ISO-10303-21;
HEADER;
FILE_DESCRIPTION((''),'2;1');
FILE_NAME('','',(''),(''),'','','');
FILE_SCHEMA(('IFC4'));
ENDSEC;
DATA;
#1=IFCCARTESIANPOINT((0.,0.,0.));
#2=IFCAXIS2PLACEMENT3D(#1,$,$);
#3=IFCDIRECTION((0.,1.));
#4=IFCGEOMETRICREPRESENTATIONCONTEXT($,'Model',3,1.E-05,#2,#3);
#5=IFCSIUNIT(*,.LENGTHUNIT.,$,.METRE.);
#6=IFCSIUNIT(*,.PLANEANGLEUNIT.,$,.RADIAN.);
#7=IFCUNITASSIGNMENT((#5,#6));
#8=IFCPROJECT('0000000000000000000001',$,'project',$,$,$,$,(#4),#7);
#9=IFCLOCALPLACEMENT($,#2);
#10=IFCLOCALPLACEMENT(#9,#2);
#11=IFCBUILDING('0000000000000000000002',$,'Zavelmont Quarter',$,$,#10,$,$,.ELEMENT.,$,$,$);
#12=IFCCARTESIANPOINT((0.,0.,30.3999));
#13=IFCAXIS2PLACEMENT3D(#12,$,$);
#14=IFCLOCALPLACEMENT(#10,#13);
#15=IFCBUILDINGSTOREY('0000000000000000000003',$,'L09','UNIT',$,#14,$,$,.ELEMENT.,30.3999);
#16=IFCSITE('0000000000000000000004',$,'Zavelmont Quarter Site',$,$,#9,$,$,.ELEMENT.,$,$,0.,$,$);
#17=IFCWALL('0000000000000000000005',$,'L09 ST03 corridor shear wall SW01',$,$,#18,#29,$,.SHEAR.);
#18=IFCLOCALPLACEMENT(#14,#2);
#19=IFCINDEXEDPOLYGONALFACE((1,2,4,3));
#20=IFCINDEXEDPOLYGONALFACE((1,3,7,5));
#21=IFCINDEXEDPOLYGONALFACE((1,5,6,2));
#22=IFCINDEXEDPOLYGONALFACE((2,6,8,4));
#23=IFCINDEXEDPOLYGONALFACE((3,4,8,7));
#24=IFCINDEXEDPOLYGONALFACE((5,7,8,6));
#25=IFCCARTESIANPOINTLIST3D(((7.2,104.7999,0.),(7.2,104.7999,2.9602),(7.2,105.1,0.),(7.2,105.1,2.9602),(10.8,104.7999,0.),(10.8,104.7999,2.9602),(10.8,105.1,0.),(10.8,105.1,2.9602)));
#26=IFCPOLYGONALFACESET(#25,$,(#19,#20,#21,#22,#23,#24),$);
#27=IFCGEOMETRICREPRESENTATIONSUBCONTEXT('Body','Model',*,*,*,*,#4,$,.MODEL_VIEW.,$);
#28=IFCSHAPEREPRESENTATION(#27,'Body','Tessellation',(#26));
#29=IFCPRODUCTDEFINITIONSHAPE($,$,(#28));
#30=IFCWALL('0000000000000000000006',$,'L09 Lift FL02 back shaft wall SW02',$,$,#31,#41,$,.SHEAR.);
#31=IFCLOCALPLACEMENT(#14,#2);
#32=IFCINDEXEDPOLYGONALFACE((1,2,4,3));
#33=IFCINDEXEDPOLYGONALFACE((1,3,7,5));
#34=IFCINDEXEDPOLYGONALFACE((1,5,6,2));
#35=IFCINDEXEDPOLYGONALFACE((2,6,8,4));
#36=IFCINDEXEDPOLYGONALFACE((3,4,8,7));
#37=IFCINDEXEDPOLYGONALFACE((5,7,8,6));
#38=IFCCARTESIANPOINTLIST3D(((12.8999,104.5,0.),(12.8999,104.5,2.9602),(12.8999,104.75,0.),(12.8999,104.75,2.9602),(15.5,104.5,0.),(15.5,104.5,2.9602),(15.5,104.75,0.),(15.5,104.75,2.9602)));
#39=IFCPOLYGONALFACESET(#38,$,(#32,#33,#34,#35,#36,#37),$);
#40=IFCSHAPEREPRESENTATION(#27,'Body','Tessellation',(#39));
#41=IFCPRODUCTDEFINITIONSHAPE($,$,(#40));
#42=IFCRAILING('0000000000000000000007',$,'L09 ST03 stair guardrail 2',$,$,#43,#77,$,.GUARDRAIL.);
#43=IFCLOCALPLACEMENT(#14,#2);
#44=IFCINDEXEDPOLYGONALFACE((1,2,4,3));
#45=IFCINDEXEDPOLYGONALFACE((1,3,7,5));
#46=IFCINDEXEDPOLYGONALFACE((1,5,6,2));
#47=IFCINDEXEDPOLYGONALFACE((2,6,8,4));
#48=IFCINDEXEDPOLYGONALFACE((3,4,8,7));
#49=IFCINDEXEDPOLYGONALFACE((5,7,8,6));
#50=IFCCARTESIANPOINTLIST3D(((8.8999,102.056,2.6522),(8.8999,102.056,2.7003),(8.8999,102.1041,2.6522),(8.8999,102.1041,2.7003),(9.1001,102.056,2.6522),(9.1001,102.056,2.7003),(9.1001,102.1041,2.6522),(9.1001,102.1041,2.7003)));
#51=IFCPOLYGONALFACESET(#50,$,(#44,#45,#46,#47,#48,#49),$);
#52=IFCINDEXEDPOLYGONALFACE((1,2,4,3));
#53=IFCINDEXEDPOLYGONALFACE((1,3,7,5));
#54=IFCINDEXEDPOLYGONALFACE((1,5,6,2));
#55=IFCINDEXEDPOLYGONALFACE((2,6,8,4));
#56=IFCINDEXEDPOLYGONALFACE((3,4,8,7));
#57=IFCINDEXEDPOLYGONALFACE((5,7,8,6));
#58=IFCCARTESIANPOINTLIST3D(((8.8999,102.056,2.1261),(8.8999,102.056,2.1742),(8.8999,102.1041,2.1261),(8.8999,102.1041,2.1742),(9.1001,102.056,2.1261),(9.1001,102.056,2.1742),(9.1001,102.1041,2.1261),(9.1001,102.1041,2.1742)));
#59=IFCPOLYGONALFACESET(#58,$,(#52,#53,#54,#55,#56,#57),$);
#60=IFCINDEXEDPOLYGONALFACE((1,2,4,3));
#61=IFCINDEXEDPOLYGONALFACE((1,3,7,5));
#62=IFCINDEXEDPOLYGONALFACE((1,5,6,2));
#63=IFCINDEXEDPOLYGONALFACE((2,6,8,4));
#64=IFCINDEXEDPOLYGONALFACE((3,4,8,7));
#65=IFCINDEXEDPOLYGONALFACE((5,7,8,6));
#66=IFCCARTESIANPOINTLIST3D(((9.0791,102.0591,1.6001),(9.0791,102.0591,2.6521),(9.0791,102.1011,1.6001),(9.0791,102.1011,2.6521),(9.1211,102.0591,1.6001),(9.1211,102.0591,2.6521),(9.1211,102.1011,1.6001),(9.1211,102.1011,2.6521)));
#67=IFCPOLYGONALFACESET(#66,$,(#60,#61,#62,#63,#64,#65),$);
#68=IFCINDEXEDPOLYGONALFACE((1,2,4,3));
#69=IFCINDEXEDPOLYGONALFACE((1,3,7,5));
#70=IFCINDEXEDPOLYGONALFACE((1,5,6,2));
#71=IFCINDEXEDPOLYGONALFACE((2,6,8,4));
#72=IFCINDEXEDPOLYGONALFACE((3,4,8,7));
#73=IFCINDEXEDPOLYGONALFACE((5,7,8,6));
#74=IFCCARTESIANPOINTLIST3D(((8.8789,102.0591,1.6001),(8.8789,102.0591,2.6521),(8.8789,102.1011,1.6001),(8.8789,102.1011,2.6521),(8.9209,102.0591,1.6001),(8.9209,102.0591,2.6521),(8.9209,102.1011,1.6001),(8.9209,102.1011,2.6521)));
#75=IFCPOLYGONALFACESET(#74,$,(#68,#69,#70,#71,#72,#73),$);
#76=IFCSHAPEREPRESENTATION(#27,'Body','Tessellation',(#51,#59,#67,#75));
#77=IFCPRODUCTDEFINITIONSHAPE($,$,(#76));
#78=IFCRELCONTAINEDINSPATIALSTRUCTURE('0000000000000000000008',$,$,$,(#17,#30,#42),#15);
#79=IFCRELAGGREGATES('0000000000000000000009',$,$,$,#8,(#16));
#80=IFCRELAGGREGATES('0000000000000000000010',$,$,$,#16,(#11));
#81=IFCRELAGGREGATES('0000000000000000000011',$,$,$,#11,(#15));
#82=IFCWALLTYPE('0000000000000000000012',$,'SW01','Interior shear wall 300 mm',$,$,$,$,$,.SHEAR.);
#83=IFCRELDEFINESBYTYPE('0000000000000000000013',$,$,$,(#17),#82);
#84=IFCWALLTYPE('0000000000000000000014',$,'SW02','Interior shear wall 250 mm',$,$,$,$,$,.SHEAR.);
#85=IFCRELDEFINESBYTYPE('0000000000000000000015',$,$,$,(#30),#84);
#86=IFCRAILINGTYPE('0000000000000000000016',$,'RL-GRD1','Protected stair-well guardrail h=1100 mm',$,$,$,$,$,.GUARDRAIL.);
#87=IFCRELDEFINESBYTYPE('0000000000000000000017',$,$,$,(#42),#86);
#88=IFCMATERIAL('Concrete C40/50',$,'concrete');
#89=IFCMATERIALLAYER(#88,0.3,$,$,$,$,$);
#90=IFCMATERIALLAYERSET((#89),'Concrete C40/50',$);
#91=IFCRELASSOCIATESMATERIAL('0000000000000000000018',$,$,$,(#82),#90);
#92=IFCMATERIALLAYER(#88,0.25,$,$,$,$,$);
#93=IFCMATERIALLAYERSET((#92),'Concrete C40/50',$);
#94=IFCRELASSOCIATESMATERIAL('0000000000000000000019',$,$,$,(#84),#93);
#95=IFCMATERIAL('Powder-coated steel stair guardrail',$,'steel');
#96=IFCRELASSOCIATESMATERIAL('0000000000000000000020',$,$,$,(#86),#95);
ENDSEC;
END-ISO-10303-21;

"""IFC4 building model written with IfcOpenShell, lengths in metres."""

from ifc_helpers import new_model, si_unit, direction, frame, frame_2d, origin, origin_2d, place, context, subcontext, project, spatial, rectangle, extrude, material, layer, layer_set, type_object, element, save


model = new_model("IFC4")

# Units and contexts
model_context = context("Model", 3, precision=1e-05, world=origin(), true_north=direction((0.0, 1.0)))
body_context = subcontext(model_context, "Body", "Model", "MODEL_VIEW")
ifc_project = project(units=[si_unit("LENGTHUNIT", "METRE"), si_unit("PLANEANGLEUNIT", "RADIAN")], contexts=[model_context])

# Site, building, storey
site_placement = place(None, origin())
site = spatial("IfcSite", under=ifc_project, at=site_placement, Name="Zavelmont Quarter Site", CompositionType="ELEMENT", RefElevation=0.0)
building_placement = place(site_placement, origin())
building = spatial("IfcBuilding", under=site, at=building_placement, Name="Zavelmont Quarter", CompositionType="ELEMENT")
storey_placement = place(building_placement, frame((0.0, 0.0, 30.3999)))
storey = spatial("IfcBuildingStorey", under=building, at=storey_placement, Name="L09", Description="UNIT", CompositionType="ELEMENT", Elevation=30.3999)

# Shared definitions
ifc_material_1 = material(Name="Concrete C40/50", Category="concrete")

# Walls
ifc_layer_1 = layer(ifc_material_1, 0.3)
ifc_layer_set_1 = layer_set([ifc_layer_1], Name="Concrete C40/50")
wall_type_1 = type_object("IfcWallType", Name="SW01", Description="Interior shear wall 300 mm", PredefinedType="SHEAR", material=ifc_layer_set_1)
wall_1_placement = place(storey_placement, frame((7.2, 104.95, 0.0), z_axis=(0.0, 0.0, 1.0), x_axis=(1.0, 0.0, 0.0)))
element("IfcWall", 1, at=wall_1_placement, inside=storey, type_object=wall_type_1, Name="L09 ST03 corridor shear wall SW01", PredefinedType="SHEAR", context=body_context, shape_type="SweptSolid", body=[
    extrude(rectangle(XDim=3.6001, YDim=0.3, at=frame_2d((1.8, 0.0))), origin(), (0.0, 0.0, 1.0), 2.9602),
])
ifc_layer_2 = layer(ifc_material_1, 0.25)
ifc_layer_set_2 = layer_set([ifc_layer_2], Name="Concrete C40/50")
wall_type_2 = type_object("IfcWallType", Name="SW02", Description="Interior shear wall 250 mm", PredefinedType="SHEAR", material=ifc_layer_set_2)
wall_2_placement = place(storey_placement, frame((12.8999, 104.625, 0.0), z_axis=(0.0, 0.0, 1.0), x_axis=(1.0, 0.0, 0.0)))
element("IfcWall", 2, at=wall_2_placement, inside=storey, type_object=wall_type_2, Name="L09 Lift FL02 back shaft wall SW02", PredefinedType="SHEAR", context=body_context, shape_type="SweptSolid", body=[
    extrude(rectangle(XDim=2.6001, YDim=0.25, at=frame_2d((1.3, 0.0))), origin(), (0.0, 0.0, 1.0), 2.9602),
])

# Railing
ifc_material_2 = material(Name="Powder-coated steel stair guardrail", Category="steel")
railing_type = type_object("IfcRailingType", Name="RL-GRD1", Description="Protected stair-well guardrail h=1100 mm", PredefinedType="GUARDRAIL", material=ifc_material_2)
railing_placement = place(storey_placement, frame((9.1001, 102.0801, 1.6001)))
element("IfcRailing", 3, at=railing_placement, inside=storey, type_object=railing_type, Name="L09 ST03 stair guardrail 2", PredefinedType="GUARDRAIL", context=body_context, shape_type="SweptSolid", body=[
    extrude(rectangle(XDim=0.0481, YDim=0.0481, at=origin_2d()), frame((0.0, 0.0, 1.0762), z_axis=(-1.0, 0.0, 0.0), x_axis=(0.0, -1.0, 0.0)), (0.0, 0.0, 1.0), 0.2002),
    extrude(rectangle(XDim=0.0481, YDim=0.0481, at=origin_2d()), frame((0.0, 0.0, 0.55), z_axis=(-1.0, 0.0, 0.0), x_axis=(0.0, -1.0, 0.0)), (0.0, 0.0, 1.0), 0.2002),
    extrude(rectangle(XDim=0.042, YDim=0.042, at=origin_2d()), origin(), (0.0, 0.0, 1.0), 1.052),
    extrude(rectangle(XDim=0.042, YDim=0.042, at=origin_2d()), frame((-0.2002, 0.0, 0.0)), (0.0, 0.0, 1.0), 1.052),
])

save(model, "model.ifc")
